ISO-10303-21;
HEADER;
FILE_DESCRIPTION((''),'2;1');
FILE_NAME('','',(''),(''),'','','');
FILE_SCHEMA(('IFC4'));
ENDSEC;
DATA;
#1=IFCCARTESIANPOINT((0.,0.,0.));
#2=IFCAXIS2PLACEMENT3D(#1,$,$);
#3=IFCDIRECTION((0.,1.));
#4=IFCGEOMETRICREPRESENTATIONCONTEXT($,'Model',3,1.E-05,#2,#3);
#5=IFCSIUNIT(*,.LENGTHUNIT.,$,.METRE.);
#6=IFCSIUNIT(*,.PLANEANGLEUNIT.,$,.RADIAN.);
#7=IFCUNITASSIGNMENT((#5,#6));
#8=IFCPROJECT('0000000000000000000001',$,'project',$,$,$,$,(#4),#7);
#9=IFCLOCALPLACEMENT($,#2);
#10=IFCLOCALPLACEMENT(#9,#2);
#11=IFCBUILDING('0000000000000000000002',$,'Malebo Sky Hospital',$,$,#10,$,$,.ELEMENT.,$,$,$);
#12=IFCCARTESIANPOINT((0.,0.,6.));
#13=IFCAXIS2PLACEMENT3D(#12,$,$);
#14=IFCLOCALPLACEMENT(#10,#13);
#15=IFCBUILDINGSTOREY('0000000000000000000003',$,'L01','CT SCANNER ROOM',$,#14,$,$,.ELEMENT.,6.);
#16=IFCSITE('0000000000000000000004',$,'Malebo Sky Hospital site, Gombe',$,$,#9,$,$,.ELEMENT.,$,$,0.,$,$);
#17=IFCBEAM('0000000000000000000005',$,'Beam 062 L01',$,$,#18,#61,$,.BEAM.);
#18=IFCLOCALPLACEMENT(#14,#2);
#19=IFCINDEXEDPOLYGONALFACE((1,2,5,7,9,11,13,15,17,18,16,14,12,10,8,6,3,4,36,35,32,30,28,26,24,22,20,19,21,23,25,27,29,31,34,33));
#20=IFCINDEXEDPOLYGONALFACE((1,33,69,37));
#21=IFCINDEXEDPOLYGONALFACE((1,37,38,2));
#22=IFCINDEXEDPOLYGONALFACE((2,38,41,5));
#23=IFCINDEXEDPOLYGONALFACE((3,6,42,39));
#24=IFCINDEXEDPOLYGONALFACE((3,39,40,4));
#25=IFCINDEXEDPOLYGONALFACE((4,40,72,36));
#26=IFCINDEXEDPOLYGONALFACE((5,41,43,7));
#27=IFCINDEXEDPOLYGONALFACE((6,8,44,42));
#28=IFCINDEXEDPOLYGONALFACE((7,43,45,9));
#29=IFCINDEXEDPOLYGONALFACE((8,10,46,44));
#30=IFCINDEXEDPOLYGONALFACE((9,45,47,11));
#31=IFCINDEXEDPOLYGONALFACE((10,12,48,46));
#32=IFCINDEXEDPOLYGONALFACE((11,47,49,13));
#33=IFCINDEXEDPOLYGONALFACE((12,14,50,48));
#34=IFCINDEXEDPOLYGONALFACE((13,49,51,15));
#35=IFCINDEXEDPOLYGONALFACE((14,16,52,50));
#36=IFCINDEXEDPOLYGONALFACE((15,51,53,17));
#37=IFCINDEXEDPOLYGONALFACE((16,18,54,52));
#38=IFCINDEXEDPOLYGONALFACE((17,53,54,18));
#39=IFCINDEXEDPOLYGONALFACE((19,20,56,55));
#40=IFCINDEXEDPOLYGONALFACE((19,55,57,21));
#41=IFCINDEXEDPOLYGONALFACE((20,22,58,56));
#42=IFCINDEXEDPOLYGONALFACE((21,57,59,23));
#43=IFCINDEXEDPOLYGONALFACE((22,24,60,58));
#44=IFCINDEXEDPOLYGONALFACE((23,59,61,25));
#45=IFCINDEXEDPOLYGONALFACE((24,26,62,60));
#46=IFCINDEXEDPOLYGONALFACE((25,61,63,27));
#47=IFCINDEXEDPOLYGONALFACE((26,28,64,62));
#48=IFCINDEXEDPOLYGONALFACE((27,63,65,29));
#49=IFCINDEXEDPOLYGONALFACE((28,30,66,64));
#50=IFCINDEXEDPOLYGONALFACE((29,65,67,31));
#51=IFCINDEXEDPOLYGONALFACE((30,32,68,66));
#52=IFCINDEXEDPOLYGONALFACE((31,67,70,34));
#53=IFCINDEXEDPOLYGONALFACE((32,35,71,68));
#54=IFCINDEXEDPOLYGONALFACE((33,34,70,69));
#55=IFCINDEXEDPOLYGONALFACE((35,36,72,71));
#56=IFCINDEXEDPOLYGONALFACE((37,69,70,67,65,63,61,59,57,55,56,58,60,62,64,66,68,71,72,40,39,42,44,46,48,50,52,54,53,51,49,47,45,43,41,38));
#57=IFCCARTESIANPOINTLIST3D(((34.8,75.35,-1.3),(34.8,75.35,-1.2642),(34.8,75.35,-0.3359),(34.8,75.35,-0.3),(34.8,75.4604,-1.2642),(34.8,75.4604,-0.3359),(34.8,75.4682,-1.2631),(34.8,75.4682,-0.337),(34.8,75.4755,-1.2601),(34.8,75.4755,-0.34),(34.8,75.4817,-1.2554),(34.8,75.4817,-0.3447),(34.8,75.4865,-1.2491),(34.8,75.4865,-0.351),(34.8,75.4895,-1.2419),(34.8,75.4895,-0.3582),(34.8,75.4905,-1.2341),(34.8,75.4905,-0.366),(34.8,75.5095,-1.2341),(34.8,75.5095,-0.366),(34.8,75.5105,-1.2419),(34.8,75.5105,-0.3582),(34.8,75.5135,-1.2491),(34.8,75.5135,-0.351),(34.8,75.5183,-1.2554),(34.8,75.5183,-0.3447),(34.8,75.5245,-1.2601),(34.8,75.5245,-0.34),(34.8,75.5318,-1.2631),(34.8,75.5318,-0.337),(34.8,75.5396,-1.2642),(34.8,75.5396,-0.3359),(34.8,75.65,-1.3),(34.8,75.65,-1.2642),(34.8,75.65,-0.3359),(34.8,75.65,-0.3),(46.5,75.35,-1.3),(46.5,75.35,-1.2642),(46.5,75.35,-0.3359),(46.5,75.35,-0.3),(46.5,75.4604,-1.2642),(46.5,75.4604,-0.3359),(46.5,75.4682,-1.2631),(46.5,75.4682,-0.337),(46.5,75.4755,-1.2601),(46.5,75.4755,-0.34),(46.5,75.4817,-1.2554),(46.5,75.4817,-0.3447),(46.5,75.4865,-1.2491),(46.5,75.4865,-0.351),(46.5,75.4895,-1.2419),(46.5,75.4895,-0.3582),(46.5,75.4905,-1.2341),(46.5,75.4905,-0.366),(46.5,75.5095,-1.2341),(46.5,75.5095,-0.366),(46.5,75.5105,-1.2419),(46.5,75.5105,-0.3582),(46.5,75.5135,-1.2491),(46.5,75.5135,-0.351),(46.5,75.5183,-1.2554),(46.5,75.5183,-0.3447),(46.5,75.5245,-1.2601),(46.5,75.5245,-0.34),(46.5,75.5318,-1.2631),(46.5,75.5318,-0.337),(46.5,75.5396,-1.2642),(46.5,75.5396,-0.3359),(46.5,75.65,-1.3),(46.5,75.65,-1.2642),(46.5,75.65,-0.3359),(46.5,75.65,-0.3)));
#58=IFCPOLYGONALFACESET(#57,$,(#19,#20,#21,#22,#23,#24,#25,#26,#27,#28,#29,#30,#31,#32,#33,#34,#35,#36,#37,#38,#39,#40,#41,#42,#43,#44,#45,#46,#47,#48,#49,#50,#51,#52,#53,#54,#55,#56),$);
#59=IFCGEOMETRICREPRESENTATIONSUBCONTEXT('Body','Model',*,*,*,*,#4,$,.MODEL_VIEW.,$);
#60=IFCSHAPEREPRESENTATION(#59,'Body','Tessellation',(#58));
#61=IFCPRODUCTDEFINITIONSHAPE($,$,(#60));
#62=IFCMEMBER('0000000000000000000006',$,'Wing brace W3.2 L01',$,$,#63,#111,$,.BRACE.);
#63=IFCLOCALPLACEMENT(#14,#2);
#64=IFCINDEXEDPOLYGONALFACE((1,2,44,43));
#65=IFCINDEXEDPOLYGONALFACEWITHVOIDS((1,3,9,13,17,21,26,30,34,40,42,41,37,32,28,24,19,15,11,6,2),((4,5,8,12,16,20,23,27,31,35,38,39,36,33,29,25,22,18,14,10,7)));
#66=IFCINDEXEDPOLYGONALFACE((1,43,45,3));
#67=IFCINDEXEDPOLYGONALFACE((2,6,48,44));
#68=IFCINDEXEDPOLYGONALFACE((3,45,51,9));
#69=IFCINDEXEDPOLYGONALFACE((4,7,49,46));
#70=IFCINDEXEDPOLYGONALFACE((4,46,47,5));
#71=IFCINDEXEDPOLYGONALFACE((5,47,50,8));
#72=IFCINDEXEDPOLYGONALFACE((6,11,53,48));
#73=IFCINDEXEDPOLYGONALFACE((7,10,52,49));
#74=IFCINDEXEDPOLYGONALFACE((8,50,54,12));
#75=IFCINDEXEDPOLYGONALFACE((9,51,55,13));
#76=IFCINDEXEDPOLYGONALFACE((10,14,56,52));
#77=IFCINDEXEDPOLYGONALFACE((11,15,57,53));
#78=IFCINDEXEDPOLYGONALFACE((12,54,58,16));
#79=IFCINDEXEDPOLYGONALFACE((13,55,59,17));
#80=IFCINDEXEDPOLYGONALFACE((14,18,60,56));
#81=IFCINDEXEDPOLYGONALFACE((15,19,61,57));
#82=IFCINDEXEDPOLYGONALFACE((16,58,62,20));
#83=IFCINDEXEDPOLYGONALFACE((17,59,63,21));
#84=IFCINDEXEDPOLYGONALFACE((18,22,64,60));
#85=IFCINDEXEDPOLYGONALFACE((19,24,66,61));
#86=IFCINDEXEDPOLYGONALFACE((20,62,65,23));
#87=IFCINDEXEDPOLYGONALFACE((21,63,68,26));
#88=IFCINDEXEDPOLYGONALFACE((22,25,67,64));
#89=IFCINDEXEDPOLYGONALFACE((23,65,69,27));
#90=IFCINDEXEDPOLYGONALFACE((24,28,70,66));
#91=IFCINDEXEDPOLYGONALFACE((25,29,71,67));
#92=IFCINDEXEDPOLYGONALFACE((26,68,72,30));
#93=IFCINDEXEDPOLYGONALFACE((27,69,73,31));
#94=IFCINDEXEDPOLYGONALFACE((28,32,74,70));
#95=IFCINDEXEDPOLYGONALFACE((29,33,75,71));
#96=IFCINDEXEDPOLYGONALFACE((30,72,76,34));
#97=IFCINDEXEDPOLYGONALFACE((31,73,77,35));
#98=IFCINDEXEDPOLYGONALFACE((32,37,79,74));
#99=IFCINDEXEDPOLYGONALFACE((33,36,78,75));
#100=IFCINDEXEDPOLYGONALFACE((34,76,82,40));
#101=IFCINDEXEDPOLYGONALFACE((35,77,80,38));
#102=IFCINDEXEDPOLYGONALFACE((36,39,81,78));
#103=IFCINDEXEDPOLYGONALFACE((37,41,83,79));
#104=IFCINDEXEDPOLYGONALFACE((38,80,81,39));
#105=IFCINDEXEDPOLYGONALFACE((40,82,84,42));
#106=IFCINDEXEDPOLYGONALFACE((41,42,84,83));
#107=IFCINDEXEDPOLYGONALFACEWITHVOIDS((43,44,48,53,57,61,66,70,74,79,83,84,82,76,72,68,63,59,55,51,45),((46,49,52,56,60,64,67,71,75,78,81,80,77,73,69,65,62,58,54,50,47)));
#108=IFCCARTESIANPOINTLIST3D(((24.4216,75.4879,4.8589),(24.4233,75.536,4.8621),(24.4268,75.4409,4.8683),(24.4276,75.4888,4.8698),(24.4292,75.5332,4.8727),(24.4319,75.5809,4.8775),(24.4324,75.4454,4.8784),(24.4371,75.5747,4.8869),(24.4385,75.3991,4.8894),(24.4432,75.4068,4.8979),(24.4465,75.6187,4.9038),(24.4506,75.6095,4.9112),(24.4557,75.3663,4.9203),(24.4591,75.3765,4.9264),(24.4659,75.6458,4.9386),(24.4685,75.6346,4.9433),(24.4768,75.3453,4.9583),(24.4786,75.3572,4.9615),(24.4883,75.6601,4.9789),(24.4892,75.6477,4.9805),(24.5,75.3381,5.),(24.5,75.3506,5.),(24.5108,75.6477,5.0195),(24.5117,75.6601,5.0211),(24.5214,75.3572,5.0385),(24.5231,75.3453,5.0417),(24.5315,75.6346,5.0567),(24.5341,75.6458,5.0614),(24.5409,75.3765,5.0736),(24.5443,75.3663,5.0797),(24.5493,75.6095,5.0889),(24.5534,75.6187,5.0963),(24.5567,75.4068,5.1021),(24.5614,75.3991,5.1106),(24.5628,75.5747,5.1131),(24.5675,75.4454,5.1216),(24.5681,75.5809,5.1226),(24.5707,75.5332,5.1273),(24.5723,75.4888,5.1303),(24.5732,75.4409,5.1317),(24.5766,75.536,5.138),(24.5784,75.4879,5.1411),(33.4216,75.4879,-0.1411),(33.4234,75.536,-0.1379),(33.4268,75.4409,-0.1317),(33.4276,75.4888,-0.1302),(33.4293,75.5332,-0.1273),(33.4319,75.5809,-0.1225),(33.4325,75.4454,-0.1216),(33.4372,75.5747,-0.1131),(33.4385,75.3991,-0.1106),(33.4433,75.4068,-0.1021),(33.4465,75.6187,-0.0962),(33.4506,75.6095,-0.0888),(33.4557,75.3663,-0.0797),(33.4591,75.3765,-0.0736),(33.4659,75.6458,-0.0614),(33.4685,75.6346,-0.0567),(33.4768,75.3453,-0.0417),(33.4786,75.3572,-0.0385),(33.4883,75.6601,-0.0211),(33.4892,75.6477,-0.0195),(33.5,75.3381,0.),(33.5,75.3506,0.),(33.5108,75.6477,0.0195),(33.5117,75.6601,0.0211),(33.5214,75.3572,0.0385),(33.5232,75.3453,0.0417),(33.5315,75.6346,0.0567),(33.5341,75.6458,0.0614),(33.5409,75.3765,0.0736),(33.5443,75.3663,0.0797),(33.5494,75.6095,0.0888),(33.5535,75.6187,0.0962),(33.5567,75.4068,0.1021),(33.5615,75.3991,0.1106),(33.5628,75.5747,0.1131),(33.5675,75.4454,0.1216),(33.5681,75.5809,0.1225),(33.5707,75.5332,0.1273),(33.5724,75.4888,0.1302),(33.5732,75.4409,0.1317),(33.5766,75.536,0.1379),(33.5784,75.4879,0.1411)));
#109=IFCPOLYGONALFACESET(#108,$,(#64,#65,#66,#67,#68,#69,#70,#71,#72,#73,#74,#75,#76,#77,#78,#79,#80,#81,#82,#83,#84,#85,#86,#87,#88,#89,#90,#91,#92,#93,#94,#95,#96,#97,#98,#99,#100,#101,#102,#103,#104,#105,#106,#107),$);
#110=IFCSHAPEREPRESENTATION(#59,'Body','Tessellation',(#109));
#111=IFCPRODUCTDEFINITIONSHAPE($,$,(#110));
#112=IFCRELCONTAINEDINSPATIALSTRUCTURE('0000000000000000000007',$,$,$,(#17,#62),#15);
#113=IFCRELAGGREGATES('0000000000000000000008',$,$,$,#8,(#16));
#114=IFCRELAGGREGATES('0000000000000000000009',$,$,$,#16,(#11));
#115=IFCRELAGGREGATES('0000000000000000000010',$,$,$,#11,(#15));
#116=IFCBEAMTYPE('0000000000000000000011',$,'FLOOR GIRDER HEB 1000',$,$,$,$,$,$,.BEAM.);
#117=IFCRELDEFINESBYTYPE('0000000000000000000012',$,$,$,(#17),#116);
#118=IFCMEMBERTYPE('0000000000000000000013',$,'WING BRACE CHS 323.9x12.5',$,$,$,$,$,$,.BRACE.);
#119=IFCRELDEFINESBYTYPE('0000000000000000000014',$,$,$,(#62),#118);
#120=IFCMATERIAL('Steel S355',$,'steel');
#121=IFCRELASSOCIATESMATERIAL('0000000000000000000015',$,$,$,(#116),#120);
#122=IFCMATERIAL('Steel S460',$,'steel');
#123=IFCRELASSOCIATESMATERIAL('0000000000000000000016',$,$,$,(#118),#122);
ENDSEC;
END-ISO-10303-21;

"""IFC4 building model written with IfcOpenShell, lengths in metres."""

from ifc_helpers import new_model, si_unit, direction, frame, origin, origin_2d, place, context, subcontext, project, spatial, hollow_circle, i_section, extrude, material, material_profile, profile_set, type_object, element, save


model = new_model("IFC4")

# Units and contexts
model_context = context("Model", 3, precision=1e-05, world=origin(), true_north=direction((0.0, 1.0)))
body_context = subcontext(model_context, "Body", "Model", "MODEL_VIEW")
ifc_project = project(units=[si_unit("LENGTHUNIT", "METRE"), si_unit("PLANEANGLEUNIT", "RADIAN")], contexts=[model_context])

# Site, building, storey
site_placement = place(None, origin())
site = spatial("IfcSite", under=ifc_project, at=site_placement, Name="Malebo Sky Hospital site, Gombe", CompositionType="ELEMENT", RefElevation=0.0)
building_placement = place(site_placement, origin())
building = spatial("IfcBuilding", under=site, at=building_placement, Name="Malebo Sky Hospital", CompositionType="ELEMENT")
storey_placement = place(building_placement, frame((0.0, 0.0, 6.0)))
storey = spatial("IfcBuildingStorey", under=building, at=storey_placement, Name="L01", Description="CT SCANNER ROOM", CompositionType="ELEMENT", Elevation=6.0)

# Shared definitions
ifc_material_1 = material(Name="Steel S460", Category="steel")
ifc_material_2 = material(Name="Steel S355", Category="steel")

# Beam
ifc_material_profile_1 = material_profile(ifc_material_2, i_section(OverallWidth=0.3, OverallDepth=1.0, WebThickness=0.019, FlangeThickness=0.0359, FilletRadius=0.03, at=origin_2d()), Name="HEB 1000")
ifc_profile_set_1 = profile_set([ifc_material_profile_1], Name="Steel S355")
beam_type_1 = type_object("IfcBeamType", Name="FLOOR GIRDER HEB 1000", PredefinedType="BEAM", material=ifc_profile_set_1)
beam_1_placement = place(storey_placement, frame((34.8, 75.5, -0.8), z_axis=(1.0, 0.0, 0.0), x_axis=(0.0, 1.0, 0.0)))
element("IfcBeam", 1, at=beam_1_placement, inside=storey, type_object=beam_type_1, Name="Beam 062 L01", PredefinedType="BEAM", context=body_context, shape_type="SweptSolid", body=[
    extrude(i_section(OverallWidth=0.3, OverallDepth=1.0, WebThickness=0.019, FlangeThickness=0.0359, FilletRadius=0.03, at=origin_2d()), origin(), (0.0, 0.0, 1.0), 11.7),
])

# Member
ifc_material_profile_2 = material_profile(ifc_material_1, hollow_circle(Radius=0.1619, WallThickness=0.0125, at=origin_2d()), Name="CHS 323.9x12.5")
ifc_profile_set_2 = profile_set([ifc_material_profile_2], Name="Steel S460")
member_type = type_object("IfcMemberType", Name="WING BRACE CHS 323.9x12.5", PredefinedType="BRACE", material=ifc_profile_set_2)
member_placement = place(storey_placement, frame((33.5, 75.5, 0.0), z_axis=(-0.874157, 0.0, 0.485643), x_axis=(0.0, -1.0, 0.0)))
element("IfcMember", 2, at=member_placement, inside=storey, type_object=member_type, Name="Wing brace W3.2 L01", PredefinedType="BRACE", context=body_context, shape_type="SweptSolid", body=[
    extrude(hollow_circle(Radius=0.1619, WallThickness=0.0125, at=origin_2d()), origin(), (0.0, 0.0, 1.0), 10.2957),
])

save(model, "model.ifc")
